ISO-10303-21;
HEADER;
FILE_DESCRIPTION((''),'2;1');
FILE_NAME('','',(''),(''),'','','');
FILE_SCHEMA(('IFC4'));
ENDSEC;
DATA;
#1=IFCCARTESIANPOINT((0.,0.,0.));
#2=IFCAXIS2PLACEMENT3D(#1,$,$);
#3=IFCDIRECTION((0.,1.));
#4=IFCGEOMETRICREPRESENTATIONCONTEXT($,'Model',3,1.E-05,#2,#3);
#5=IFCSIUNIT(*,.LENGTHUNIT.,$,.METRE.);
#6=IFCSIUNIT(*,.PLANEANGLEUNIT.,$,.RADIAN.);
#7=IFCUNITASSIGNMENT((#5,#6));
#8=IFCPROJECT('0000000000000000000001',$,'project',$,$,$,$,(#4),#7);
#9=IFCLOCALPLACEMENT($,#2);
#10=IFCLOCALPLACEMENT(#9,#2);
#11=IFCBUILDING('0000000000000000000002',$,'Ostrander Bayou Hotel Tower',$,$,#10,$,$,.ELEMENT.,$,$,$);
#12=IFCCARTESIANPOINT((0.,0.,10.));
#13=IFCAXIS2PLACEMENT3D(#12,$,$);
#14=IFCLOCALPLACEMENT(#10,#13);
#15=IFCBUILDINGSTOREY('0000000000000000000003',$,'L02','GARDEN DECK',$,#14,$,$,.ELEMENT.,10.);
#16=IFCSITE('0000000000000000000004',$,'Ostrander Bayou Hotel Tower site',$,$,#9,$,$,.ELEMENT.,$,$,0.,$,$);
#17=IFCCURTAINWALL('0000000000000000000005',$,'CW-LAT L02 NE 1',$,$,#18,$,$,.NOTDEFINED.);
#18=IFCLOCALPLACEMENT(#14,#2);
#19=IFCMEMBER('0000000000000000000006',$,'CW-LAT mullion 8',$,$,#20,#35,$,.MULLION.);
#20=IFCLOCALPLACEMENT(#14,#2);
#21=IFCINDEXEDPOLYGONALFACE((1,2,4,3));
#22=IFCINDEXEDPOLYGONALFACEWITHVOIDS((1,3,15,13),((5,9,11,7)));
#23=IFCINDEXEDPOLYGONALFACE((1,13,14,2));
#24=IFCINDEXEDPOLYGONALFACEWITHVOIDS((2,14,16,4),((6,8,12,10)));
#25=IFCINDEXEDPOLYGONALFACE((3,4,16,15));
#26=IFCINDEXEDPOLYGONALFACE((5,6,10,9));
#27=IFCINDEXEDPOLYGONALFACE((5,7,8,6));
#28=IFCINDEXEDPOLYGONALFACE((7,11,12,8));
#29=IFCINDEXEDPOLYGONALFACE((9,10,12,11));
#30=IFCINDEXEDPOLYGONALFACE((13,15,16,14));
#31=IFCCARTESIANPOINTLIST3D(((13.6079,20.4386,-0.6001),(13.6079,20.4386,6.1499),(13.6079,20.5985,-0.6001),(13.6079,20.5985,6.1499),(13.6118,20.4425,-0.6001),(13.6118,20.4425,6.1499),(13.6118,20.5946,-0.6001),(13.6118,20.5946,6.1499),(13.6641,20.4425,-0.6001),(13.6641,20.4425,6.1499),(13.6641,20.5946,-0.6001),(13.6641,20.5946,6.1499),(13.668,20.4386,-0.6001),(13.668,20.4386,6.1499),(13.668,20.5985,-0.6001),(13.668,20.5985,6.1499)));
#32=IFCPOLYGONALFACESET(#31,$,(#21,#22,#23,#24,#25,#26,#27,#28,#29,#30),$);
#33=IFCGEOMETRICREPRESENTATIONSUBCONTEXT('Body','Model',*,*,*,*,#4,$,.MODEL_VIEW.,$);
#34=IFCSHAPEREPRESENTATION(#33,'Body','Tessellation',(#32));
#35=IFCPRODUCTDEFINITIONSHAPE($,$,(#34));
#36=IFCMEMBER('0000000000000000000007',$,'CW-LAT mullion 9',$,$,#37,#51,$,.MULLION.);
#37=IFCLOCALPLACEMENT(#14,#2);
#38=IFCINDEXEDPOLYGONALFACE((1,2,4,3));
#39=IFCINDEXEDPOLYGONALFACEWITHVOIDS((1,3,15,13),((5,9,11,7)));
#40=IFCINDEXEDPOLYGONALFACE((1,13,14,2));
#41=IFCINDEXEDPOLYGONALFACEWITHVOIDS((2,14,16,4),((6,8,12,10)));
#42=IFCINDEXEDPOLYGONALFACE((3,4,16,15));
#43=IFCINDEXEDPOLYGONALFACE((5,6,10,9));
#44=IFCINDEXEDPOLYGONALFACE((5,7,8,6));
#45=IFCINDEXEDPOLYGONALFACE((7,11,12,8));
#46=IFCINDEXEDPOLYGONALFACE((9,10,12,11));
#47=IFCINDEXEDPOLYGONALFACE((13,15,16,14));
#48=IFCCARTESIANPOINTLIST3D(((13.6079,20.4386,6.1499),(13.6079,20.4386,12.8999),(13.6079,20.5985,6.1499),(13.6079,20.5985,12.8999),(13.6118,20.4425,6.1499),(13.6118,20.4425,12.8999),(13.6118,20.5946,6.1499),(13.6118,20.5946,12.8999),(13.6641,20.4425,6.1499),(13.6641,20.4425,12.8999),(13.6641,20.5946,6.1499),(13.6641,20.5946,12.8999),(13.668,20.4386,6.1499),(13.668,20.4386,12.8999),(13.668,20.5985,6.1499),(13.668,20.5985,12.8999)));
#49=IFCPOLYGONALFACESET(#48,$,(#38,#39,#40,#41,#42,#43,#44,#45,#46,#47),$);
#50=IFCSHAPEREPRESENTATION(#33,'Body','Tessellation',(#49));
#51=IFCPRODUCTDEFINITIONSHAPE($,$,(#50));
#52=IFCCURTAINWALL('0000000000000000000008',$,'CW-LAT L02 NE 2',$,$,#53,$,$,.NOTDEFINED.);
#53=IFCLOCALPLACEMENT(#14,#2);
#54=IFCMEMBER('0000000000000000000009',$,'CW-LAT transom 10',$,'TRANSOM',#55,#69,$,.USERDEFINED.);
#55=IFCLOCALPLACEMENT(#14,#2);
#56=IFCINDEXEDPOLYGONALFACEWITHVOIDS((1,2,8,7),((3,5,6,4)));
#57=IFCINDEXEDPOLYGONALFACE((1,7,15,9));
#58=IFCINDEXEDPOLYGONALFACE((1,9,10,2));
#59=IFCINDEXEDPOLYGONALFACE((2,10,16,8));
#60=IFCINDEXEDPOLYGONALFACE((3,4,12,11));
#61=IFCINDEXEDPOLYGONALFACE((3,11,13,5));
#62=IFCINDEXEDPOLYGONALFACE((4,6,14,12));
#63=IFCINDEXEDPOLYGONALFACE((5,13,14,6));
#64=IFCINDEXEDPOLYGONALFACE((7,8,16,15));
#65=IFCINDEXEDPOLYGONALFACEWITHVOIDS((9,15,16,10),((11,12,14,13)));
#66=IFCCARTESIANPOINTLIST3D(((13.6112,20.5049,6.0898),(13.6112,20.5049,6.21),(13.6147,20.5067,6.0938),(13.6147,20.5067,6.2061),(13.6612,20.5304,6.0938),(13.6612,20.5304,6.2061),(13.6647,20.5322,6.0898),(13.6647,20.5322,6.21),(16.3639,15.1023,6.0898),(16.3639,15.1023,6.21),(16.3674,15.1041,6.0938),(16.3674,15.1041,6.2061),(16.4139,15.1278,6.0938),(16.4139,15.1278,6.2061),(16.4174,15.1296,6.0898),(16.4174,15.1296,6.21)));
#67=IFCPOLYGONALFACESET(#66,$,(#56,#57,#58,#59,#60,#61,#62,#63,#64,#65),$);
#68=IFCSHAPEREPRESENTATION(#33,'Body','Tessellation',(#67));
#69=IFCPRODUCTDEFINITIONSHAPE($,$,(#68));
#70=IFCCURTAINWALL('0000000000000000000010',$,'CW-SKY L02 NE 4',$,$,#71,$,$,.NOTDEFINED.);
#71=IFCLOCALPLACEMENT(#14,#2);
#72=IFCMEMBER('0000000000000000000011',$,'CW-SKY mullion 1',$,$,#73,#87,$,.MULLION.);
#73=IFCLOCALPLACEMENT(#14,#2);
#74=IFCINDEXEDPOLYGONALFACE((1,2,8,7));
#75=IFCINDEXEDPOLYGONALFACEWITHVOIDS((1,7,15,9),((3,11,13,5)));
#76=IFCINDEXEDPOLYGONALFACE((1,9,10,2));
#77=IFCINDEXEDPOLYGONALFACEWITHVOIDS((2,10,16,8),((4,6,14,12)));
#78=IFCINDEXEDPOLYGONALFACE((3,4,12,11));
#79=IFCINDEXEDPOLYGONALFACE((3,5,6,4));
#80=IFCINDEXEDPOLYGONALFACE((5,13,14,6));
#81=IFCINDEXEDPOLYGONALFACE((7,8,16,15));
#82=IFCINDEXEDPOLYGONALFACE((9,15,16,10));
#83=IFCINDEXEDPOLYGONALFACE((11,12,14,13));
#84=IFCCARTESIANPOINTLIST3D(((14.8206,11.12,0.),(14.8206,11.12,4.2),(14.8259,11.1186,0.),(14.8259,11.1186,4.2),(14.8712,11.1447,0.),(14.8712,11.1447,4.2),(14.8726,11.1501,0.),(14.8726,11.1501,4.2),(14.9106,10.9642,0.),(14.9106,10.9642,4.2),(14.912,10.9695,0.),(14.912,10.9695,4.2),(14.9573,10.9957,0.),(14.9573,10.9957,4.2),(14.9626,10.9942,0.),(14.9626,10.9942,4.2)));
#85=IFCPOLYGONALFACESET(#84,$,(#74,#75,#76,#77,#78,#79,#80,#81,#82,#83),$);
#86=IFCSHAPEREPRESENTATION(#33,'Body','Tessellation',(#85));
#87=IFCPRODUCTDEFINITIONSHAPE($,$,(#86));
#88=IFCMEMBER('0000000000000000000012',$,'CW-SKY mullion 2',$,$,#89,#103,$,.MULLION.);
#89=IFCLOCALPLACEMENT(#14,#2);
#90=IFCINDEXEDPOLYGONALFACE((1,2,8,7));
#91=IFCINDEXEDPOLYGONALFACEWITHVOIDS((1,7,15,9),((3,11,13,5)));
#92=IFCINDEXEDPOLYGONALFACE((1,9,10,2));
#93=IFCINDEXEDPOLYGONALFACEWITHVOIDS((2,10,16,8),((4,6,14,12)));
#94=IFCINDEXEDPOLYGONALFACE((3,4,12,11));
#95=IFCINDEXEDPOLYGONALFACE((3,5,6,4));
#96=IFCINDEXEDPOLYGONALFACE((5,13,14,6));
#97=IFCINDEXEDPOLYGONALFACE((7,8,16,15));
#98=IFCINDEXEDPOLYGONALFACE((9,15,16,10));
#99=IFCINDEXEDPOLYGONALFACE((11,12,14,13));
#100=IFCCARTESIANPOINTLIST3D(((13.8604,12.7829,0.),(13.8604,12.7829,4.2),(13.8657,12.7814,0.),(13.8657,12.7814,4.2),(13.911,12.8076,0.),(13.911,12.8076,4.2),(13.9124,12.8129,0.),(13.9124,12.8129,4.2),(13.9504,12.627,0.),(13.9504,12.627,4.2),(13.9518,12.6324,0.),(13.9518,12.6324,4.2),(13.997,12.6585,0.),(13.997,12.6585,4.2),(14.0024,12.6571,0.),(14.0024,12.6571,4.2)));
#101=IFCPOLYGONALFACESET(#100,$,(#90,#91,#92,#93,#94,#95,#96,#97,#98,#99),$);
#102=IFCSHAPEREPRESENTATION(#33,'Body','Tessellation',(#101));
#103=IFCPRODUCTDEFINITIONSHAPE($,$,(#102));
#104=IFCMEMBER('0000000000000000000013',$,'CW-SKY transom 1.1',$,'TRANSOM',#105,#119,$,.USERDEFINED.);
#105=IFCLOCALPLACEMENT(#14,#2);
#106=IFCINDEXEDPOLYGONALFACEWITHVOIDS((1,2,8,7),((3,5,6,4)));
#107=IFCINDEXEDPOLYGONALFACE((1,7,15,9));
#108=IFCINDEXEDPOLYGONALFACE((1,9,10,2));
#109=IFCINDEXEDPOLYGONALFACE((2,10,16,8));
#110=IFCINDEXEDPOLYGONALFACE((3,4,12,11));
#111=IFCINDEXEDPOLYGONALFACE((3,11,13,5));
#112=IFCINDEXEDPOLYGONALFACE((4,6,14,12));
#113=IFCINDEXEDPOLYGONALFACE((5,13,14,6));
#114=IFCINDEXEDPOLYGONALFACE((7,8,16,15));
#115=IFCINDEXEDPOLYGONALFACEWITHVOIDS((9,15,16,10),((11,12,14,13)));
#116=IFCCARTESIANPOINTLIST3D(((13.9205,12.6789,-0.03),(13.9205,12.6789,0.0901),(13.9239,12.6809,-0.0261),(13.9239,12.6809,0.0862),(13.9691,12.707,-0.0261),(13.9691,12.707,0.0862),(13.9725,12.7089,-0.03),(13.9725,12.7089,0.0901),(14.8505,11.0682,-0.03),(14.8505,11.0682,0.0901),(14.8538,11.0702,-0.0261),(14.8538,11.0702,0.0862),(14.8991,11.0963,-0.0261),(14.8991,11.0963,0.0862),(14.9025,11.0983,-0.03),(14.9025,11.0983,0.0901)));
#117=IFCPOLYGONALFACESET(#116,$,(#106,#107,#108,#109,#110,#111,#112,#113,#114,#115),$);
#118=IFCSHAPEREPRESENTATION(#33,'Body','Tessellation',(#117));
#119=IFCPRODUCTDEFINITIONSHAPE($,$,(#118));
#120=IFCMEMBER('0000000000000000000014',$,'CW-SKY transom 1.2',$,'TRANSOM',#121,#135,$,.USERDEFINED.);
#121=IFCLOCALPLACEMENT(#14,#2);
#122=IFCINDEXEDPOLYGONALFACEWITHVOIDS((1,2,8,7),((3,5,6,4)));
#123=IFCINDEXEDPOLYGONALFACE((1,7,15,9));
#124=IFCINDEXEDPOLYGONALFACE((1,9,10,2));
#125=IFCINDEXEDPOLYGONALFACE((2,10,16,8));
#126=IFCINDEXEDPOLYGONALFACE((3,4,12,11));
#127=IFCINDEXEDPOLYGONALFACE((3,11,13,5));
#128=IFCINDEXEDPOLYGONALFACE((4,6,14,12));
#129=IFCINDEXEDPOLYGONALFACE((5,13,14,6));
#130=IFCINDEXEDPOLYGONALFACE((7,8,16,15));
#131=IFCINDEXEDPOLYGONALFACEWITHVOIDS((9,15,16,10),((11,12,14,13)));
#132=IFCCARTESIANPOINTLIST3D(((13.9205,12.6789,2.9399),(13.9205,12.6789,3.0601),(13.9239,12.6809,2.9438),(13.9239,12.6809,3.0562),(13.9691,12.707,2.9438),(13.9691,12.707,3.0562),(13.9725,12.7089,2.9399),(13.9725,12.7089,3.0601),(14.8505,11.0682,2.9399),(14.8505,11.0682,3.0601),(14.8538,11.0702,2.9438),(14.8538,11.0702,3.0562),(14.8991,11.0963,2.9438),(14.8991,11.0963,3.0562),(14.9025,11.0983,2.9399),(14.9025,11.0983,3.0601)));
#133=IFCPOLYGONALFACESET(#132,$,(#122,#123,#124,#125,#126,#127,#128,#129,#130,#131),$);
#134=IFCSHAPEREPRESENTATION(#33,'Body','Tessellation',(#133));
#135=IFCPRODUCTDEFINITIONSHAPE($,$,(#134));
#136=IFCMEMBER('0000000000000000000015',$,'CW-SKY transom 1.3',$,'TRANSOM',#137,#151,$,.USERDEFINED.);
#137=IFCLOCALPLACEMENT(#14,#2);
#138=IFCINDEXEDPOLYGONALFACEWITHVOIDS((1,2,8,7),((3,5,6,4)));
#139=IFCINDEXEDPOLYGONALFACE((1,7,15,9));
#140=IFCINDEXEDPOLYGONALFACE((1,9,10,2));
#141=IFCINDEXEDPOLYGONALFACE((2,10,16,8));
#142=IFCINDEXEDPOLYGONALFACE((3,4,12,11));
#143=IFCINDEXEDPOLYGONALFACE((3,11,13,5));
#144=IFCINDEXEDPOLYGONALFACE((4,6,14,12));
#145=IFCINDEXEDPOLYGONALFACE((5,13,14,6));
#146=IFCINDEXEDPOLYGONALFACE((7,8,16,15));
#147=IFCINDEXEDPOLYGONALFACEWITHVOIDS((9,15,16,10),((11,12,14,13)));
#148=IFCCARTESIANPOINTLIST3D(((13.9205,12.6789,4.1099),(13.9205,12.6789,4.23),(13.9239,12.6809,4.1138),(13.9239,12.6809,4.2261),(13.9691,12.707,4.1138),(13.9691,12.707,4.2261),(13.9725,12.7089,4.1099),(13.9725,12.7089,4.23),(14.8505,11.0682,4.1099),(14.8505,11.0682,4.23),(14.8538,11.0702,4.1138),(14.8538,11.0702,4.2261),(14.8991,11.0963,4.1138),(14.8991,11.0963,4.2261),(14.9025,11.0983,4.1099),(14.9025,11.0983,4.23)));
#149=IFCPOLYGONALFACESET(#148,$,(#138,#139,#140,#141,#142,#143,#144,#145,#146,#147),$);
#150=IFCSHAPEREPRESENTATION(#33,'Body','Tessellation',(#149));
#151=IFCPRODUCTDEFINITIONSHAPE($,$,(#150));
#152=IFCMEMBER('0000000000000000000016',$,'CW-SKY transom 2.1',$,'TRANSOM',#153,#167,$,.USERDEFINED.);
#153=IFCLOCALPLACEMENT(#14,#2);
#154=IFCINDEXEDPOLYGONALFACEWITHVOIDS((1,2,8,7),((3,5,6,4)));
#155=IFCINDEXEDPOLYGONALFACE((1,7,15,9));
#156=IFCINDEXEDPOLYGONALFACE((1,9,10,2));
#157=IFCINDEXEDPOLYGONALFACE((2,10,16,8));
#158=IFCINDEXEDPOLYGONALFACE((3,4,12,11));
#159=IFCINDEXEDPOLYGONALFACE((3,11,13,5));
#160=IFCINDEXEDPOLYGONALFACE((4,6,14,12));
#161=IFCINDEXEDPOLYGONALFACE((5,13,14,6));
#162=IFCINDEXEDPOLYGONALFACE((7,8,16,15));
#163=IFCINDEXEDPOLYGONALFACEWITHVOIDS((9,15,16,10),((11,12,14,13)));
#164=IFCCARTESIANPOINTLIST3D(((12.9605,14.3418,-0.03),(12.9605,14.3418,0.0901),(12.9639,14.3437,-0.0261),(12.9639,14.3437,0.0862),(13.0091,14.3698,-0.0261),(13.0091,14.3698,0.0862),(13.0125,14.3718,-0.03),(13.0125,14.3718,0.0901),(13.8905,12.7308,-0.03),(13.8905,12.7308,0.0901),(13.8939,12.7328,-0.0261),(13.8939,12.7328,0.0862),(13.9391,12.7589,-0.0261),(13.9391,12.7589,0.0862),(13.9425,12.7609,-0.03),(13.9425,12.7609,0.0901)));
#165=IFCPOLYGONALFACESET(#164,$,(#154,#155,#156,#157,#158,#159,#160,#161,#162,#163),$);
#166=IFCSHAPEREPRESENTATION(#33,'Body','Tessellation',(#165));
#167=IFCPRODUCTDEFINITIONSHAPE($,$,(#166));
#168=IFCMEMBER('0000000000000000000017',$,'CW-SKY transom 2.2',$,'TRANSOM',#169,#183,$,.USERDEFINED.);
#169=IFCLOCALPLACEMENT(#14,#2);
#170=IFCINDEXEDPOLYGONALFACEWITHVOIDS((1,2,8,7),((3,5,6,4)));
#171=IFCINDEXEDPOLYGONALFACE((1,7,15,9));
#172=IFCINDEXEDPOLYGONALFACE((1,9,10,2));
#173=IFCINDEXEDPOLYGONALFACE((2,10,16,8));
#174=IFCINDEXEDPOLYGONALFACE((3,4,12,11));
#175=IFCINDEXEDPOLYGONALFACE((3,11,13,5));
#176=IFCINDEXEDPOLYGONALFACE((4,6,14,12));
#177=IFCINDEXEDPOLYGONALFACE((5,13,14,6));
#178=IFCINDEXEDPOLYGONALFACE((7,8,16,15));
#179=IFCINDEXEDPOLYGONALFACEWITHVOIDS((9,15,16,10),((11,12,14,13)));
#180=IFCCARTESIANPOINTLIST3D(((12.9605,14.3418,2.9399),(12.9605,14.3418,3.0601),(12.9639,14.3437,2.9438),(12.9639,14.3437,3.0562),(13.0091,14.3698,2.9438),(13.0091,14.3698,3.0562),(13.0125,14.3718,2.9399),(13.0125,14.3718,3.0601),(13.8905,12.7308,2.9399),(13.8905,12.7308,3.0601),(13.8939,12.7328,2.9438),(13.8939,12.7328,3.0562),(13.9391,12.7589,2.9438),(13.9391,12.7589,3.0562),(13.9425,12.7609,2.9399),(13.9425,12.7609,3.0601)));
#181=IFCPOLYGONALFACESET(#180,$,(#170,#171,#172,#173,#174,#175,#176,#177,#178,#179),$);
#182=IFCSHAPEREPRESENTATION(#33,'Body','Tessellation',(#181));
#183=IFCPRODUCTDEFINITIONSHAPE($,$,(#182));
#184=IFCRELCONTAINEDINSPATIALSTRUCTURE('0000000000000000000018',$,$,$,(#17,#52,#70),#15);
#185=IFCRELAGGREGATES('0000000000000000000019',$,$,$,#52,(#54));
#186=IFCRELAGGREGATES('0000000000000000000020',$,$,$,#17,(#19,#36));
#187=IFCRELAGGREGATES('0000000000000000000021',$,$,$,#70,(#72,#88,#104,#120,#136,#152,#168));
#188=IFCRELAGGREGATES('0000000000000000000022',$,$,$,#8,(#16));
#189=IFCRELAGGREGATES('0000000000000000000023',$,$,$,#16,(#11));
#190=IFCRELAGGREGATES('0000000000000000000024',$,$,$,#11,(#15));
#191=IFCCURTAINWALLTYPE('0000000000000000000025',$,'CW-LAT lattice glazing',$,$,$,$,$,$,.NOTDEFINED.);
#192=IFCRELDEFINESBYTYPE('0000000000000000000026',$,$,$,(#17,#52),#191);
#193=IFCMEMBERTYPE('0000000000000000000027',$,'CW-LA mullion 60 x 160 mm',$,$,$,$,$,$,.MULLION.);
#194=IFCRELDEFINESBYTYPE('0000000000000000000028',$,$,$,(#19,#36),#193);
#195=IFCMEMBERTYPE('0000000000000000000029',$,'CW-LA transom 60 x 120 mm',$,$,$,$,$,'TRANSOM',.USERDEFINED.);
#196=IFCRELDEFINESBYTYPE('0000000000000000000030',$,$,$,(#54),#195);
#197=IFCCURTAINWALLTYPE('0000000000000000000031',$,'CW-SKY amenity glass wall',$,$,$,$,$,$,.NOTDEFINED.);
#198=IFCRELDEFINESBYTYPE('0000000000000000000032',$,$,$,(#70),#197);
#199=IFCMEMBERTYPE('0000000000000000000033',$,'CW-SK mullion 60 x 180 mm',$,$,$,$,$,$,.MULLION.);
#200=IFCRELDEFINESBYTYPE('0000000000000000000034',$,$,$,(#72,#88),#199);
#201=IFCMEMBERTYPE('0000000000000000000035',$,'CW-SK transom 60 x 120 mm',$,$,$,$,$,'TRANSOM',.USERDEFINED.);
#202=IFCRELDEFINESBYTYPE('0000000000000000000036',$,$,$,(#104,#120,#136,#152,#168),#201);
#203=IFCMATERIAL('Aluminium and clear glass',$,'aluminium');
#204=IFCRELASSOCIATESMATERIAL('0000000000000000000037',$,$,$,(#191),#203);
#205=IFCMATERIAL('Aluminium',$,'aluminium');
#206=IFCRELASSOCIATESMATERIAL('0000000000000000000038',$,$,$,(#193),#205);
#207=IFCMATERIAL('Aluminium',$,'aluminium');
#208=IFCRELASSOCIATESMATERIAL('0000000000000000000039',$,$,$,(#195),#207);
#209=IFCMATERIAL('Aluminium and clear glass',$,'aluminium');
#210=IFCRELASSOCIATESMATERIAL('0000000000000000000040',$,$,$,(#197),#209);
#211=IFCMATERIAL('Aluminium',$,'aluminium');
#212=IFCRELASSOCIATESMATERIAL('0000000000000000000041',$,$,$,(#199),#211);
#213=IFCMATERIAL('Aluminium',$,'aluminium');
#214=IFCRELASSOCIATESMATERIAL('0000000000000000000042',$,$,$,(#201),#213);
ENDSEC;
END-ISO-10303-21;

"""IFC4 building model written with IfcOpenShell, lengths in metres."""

from ifc_helpers import new_model, si_unit, direction, frame, origin, origin_2d, place, context, subcontext, project, spatial, hollow_rectangle, extrude, material, material_profile, profile_set, type_object, element, aggregate, save


model = new_model("IFC4")

# Units and contexts
model_context = context("Model", 3, precision=1e-05, world=origin(), true_north=direction((0.0, 1.0)))
body_context = subcontext(model_context, "Body", "Model", "MODEL_VIEW")
ifc_project = project(units=[si_unit("LENGTHUNIT", "METRE"), si_unit("PLANEANGLEUNIT", "RADIAN")], contexts=[model_context])

# Site, building, storey
site_placement = place(None, origin())
site = spatial("IfcSite", under=ifc_project, at=site_placement, Name="Ostrander Bayou Hotel Tower site", CompositionType="ELEMENT", RefElevation=0.0)
building_placement = place(site_placement, origin())
building = spatial("IfcBuilding", under=site, at=building_placement, Name="Ostrander Bayou Hotel Tower", CompositionType="ELEMENT")
storey_placement = place(building_placement, frame((0.0, 0.0, 10.0)))
storey = spatial("IfcBuildingStorey", under=building, at=storey_placement, Name="L02", Description="GARDEN DECK", CompositionType="ELEMENT", Elevation=10.0)

# Curtain wall, members
ifc_material_1 = material(Name="Aluminium and clear glass", Category="aluminium")
curtain_wall_type_1 = type_object("IfcCurtainWallType", Name="CW-LAT lattice glazing", PredefinedType="NOTDEFINED", material=ifc_material_1)
curtain_wall_1_placement = place(storey_placement, origin())
curtain_wall_1 = element("IfcCurtainWall", 1, at=curtain_wall_1_placement, inside=storey, type_object=curtain_wall_type_1, Name="CW-LAT L02 NE 1", PredefinedType="NOTDEFINED")
ifc_material_2 = material(Name="Aluminium", Category="aluminium")
ifc_material_profile_1 = material_profile(ifc_material_2, hollow_rectangle(XDim=0.0601, YDim=0.1599, WallThickness=0.0039, at=origin_2d()))
ifc_profile_set_1 = profile_set([ifc_material_profile_1], Name="Aluminium")
member_type_1 = type_object("IfcMemberType", Name="CW-LA mullion 60 x 160 mm", PredefinedType="MULLION", material=ifc_profile_set_1)
member_1_placement = place(storey_placement, frame((13.6379, 20.5186, -0.6001), z_axis=(0.0, 0.0, 1.0), x_axis=(1.0, 0.0, 0.0)))
member_1 = element("IfcMember", 2, at=member_1_placement, type_object=member_type_1, Name="CW-LAT mullion 8", PredefinedType="MULLION", context=body_context, shape_type="SweptSolid", body=[
    extrude(hollow_rectangle(XDim=0.0601, YDim=0.1599, WallThickness=0.0039, at=origin_2d()), origin(), (0.0, 0.0, 1.0), 6.75),
])
member_2_placement = place(storey_placement, frame((13.6379, 20.5186, 6.1499), z_axis=(0.0, 0.0, 1.0), x_axis=(1.0, 0.0, 0.0)))
member_2 = element("IfcMember", 3, at=member_2_placement, type_object=member_type_1, Name="CW-LAT mullion 9", PredefinedType="MULLION", context=body_context, shape_type="SweptSolid", body=[
    extrude(hollow_rectangle(XDim=0.0601, YDim=0.1599, WallThickness=0.0039, at=origin_2d()), origin(), (0.0, 0.0, 1.0), 6.75),
])

# Curtain wall, member
curtain_wall_2_placement = place(storey_placement, origin())
curtain_wall_2 = element("IfcCurtainWall", 4, at=curtain_wall_2_placement, inside=storey, type_object=curtain_wall_type_1, Name="CW-LAT L02 NE 2", PredefinedType="NOTDEFINED")
ifc_material_3 = material(Name="Aluminium", Category="aluminium")
ifc_material_profile_2 = material_profile(ifc_material_3, hollow_rectangle(XDim=0.0601, YDim=0.1201, WallThickness=0.0039, at=origin_2d()))
ifc_profile_set_2 = profile_set([ifc_material_profile_2], Name="Aluminium")
member_type_2 = type_object("IfcMemberType", Name="CW-LA transom 60 x 120 mm", ElementType="TRANSOM", PredefinedType="USERDEFINED", material=ifc_profile_set_2)
member_3_placement = place(storey_placement, frame((13.6379, 20.5186, 6.1499), z_axis=(0.453981, -0.891011, 0.0), x_axis=(0.891011, 0.453981, 0.0)))
member_3 = element("IfcMember", 5, at=member_3_placement, type_object=member_type_2, Name="CW-LAT transom 10", ObjectType="TRANSOM", PredefinedType="USERDEFINED", context=body_context, shape_type="SweptSolid", body=[
    extrude(hollow_rectangle(XDim=0.0601, YDim=0.1201, WallThickness=0.0039, at=origin_2d()), origin(), (0.0, 0.0, 1.0), 6.0635),
])
aggregate(curtain_wall_2, [member_3])

# Curtain wall, members
ifc_material_4 = material(Name="Aluminium and clear glass", Category="aluminium")
curtain_wall_type_2 = type_object("IfcCurtainWallType", Name="CW-SKY amenity glass wall", PredefinedType="NOTDEFINED", material=ifc_material_4)
curtain_wall_3_placement = place(storey_placement, origin())
curtain_wall_3 = element("IfcCurtainWall", 6, at=curtain_wall_3_placement, inside=storey, type_object=curtain_wall_type_2, Name="CW-SKY L02 NE 4", PredefinedType="NOTDEFINED")
ifc_material_5 = material(Name="Aluminium", Category="aluminium")
ifc_material_profile_3 = material_profile(ifc_material_5, hollow_rectangle(XDim=0.0601, YDim=0.1799, WallThickness=0.0039, at=origin_2d()))
ifc_profile_set_3 = profile_set([ifc_material_profile_3], Name="Aluminium")
member_type_3 = type_object("IfcMemberType", Name="CW-SK mullion 60 x 180 mm", PredefinedType="MULLION", material=ifc_profile_set_3)
member_4_placement = place(storey_placement, frame((14.8916, 11.0571, 0.0), z_axis=(0.0, 0.0, 1.0), x_axis=(-0.866025, -0.5, 0.0)))
member_4 = element("IfcMember", 7, at=member_4_placement, type_object=member_type_3, Name="CW-SKY mullion 1", PredefinedType="MULLION", context=body_context, shape_type="SweptSolid", body=[
    extrude(hollow_rectangle(XDim=0.0601, YDim=0.1799, WallThickness=0.0039, at=origin_2d()), origin(), (0.0, 0.0, 1.0), 4.2),
])
member_5_placement = place(storey_placement, frame((13.9314, 12.72, 0.0), z_axis=(0.0, 0.0, 1.0), x_axis=(-0.866025, -0.5, 0.0)))
member_5 = element("IfcMember", 8, at=member_5_placement, type_object=member_type_3, Name="CW-SKY mullion 2", PredefinedType="MULLION", context=body_context, shape_type="SweptSolid", body=[
    extrude(hollow_rectangle(XDim=0.0601, YDim=0.1799, WallThickness=0.0039, at=origin_2d()), origin(), (0.0, 0.0, 1.0), 4.2),
])
ifc_material_6 = material(Name="Aluminium", Category="aluminium")
ifc_material_profile_4 = material_profile(ifc_material_6, hollow_rectangle(XDim=0.0601, YDim=0.1201, WallThickness=0.0039, at=origin_2d()))
ifc_profile_set_4 = profile_set([ifc_material_profile_4], Name="Aluminium")
member_type_4 = type_object("IfcMemberType", Name="CW-SK transom 60 x 120 mm", ElementType="TRANSOM", PredefinedType="USERDEFINED", material=ifc_profile_set_4)
member_6_placement = place(storey_placement, frame((14.8765, 11.0833, 0.03), z_axis=(-0.500022, 0.866013, 0.0), x_axis=(-0.866013, -0.500022, 0.0)))
member_6 = element("IfcMember", 9, at=member_6_placement, type_object=member_type_4, Name="CW-SKY transom 1.1", ObjectType="TRANSOM", PredefinedType="USERDEFINED", context=body_context, shape_type="SweptSolid", body=[
    extrude(hollow_rectangle(XDim=0.0601, YDim=0.1201, WallThickness=0.0039, at=origin_2d()), origin(), (0.0, 0.0, 1.0), 1.8599),
])
member_7_placement = place(storey_placement, frame((14.8765, 11.0833, 3.0), z_axis=(-0.500022, 0.866013, 0.0), x_axis=(-0.866013, -0.500022, 0.0)))
member_7 = element("IfcMember", 10, at=member_7_placement, type_object=member_type_4, Name="CW-SKY transom 1.2", ObjectType="TRANSOM", PredefinedType="USERDEFINED", context=body_context, shape_type="SweptSolid", body=[
    extrude(hollow_rectangle(XDim=0.0601, YDim=0.1201, WallThickness=0.0039, at=origin_2d()), origin(), (0.0, 0.0, 1.0), 1.8599),
])
member_8_placement = place(storey_placement, frame((14.8765, 11.0833, 4.1699), z_axis=(-0.500022, 0.866013, 0.0), x_axis=(-0.866013, -0.500022, 0.0)))
member_8 = element("IfcMember", 11, at=member_8_placement, type_object=member_type_4, Name="CW-SKY transom 1.3", ObjectType="TRANSOM", PredefinedType="USERDEFINED", context=body_context, shape_type="SweptSolid", body=[
    extrude(hollow_rectangle(XDim=0.0601, YDim=0.1201, WallThickness=0.0039, at=origin_2d()), origin(), (0.0, 0.0, 1.0), 1.8599),
])
member_9_placement = place(storey_placement, frame((13.9165, 12.7458, 0.03), z_axis=(-0.499965, 0.866046, 0.0), x_axis=(-0.866046, -0.499965, 0.0)))
member_9 = element("IfcMember", 12, at=member_9_placement, type_object=member_type_4, Name="CW-SKY transom 2.1", ObjectType="TRANSOM", PredefinedType="USERDEFINED", context=body_context, shape_type="SweptSolid", body=[
    extrude(hollow_rectangle(XDim=0.0601, YDim=0.1201, WallThickness=0.0039, at=origin_2d()), origin(), (0.0, 0.0, 1.0), 1.8601),
])
member_10_placement = place(storey_placement, frame((13.9165, 12.7458, 3.0), z_axis=(-0.499965, 0.866046, 0.0), x_axis=(-0.866046, -0.499965, 0.0)))
member_10 = element("IfcMember", 13, at=member_10_placement, type_object=member_type_4, Name="CW-SKY transom 2.2", ObjectType="TRANSOM", PredefinedType="USERDEFINED", context=body_context, shape_type="SweptSolid", body=[
    extrude(hollow_rectangle(XDim=0.0601, YDim=0.1201, WallThickness=0.0039, at=origin_2d()), origin(), (0.0, 0.0, 1.0), 1.8601),
])

aggregate(curtain_wall_1, [member_1, member_2])
aggregate(curtain_wall_3, [member_4, member_5, member_6, member_7, member_8, member_9, member_10])

save(model, "model.ifc")
